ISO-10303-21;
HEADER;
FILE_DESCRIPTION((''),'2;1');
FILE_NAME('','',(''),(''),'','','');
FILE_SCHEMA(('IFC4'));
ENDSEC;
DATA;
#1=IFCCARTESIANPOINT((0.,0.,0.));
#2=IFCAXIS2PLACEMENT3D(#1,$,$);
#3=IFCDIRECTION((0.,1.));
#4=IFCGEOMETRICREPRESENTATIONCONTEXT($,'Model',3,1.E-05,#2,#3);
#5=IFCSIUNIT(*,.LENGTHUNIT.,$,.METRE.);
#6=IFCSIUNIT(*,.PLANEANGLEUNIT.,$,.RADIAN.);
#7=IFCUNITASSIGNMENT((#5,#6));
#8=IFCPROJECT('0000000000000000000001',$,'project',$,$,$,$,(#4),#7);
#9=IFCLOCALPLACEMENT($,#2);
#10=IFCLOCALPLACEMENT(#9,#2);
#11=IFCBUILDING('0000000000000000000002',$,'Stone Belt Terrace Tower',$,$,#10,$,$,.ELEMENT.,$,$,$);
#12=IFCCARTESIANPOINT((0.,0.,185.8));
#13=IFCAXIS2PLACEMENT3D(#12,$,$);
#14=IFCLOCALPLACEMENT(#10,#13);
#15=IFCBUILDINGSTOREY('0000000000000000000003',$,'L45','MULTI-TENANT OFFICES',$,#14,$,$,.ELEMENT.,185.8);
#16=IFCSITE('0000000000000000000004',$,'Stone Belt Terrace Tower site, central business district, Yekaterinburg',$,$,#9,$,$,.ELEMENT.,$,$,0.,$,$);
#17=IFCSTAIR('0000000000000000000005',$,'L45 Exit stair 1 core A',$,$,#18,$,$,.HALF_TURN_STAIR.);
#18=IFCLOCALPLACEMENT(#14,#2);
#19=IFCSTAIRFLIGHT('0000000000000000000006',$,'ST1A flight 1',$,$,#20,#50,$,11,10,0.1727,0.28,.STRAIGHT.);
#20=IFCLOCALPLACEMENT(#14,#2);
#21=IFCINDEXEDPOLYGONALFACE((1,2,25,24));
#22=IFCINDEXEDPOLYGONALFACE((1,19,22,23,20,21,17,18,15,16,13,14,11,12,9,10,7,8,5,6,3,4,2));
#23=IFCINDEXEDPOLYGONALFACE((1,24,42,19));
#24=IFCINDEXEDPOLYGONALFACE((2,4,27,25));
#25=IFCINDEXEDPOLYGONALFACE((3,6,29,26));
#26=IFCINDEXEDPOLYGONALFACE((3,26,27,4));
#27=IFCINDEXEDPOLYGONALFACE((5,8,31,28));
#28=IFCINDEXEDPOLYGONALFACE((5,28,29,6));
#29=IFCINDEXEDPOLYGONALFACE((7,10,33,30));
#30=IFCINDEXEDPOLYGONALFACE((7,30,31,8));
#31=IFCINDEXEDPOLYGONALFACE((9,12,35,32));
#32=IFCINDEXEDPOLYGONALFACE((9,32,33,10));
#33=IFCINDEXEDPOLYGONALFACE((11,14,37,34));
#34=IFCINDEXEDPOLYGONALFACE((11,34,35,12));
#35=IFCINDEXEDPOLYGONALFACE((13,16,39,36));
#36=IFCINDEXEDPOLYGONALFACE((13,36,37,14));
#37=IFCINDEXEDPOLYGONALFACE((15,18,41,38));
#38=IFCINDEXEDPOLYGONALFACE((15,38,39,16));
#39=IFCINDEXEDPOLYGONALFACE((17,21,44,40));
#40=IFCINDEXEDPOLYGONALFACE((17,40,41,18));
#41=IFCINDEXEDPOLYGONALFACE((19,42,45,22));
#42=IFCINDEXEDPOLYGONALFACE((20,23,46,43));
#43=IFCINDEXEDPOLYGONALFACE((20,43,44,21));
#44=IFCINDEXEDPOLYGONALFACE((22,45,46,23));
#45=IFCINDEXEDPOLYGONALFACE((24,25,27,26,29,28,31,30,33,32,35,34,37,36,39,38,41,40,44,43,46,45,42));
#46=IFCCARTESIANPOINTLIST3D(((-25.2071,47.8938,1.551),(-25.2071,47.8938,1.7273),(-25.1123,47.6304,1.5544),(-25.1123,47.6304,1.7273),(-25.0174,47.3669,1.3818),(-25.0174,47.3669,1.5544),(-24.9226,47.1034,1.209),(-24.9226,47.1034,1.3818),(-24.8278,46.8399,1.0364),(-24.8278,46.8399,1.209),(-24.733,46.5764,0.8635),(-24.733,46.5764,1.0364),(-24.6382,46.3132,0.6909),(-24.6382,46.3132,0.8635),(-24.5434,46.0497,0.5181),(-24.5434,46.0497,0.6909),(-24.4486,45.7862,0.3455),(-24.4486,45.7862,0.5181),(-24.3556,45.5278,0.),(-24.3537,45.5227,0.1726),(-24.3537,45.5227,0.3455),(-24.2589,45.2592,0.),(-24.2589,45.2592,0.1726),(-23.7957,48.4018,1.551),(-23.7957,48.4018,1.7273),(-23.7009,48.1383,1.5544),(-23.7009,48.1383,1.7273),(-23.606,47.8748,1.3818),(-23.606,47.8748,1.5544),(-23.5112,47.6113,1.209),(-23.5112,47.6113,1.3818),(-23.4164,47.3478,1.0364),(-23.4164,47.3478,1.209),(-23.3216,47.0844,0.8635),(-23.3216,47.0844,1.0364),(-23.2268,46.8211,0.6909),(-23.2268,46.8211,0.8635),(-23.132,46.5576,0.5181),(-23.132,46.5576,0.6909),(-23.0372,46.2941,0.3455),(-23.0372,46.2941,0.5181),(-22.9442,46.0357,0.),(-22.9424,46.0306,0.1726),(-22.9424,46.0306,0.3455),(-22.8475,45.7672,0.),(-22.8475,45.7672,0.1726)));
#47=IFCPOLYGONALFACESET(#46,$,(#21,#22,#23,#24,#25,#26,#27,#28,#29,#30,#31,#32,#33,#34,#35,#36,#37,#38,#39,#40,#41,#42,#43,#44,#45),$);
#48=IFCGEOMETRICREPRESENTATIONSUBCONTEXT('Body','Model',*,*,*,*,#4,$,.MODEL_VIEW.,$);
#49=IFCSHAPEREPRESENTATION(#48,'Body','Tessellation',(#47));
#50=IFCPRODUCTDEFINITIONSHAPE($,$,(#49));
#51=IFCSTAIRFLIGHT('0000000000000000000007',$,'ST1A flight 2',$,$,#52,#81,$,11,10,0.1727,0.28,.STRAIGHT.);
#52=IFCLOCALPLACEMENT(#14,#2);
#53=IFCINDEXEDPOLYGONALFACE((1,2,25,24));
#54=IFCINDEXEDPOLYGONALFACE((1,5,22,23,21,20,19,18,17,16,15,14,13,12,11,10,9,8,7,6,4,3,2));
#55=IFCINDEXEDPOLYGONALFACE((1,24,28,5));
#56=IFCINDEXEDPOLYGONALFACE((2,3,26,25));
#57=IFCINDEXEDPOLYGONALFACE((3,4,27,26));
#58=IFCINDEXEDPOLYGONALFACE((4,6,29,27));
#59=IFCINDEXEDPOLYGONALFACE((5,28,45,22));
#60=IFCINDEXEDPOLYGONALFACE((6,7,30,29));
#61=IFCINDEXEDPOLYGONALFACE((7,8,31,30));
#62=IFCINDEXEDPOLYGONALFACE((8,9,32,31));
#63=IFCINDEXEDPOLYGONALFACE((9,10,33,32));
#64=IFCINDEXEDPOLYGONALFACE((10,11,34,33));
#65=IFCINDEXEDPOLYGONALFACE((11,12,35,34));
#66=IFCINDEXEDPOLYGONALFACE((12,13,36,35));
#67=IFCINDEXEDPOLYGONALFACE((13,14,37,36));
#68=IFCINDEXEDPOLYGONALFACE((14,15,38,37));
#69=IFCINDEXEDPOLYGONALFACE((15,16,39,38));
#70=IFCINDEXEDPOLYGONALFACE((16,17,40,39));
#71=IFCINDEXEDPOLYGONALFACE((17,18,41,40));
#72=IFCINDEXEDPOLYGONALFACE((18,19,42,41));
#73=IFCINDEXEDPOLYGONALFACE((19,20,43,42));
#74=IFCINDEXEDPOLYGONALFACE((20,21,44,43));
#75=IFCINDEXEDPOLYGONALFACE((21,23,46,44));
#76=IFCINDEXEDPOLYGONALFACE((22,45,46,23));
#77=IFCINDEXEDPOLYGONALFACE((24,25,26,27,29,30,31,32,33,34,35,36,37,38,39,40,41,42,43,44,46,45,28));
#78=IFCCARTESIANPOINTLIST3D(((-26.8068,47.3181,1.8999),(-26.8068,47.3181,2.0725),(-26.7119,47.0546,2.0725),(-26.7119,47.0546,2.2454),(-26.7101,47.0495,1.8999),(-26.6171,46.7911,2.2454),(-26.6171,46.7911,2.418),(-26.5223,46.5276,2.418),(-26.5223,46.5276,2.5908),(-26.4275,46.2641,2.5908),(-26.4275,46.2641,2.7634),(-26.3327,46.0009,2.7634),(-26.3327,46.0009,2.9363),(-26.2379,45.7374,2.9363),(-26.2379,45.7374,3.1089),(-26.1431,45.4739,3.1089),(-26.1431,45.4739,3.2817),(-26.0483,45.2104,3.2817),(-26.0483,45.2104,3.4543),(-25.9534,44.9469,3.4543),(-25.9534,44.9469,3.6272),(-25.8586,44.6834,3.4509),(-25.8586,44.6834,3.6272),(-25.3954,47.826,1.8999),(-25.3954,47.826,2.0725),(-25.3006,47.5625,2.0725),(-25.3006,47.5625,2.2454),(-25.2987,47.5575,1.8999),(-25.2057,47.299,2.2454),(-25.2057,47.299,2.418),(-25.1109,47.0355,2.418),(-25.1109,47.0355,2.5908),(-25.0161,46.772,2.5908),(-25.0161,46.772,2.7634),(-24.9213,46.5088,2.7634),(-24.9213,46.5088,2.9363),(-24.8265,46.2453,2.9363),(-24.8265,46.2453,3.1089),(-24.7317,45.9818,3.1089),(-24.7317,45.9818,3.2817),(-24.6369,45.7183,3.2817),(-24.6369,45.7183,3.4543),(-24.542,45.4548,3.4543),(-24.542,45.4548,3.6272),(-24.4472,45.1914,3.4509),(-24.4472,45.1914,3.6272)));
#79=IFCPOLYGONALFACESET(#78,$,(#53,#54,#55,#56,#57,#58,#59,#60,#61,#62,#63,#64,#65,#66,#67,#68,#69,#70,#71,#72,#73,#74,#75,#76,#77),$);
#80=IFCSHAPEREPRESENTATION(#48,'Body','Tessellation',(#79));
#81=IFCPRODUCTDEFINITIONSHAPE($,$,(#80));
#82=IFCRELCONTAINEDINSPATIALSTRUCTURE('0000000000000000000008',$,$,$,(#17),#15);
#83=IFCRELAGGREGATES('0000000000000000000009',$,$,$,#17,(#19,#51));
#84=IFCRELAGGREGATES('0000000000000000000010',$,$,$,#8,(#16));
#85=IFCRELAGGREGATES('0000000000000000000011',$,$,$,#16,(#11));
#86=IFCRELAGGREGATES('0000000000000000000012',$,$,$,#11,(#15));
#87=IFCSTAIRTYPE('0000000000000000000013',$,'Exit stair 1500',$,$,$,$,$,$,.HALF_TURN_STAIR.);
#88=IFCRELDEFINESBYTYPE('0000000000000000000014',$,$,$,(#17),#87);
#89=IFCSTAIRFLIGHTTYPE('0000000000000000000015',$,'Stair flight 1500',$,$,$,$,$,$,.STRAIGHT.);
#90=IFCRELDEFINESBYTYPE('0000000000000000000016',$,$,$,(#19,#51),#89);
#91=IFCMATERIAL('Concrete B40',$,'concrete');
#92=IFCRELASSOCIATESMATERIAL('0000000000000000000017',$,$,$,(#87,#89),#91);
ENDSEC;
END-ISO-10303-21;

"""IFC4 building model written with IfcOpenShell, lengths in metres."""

from ifc_helpers import new_model, si_unit, direction, frame, origin, place, context, subcontext, project, spatial, polyline, outline, extrude, material, type_object, element, aggregate, save


model = new_model("IFC4")

# Units and contexts
model_context = context("Model", 3, precision=1e-05, world=origin(), true_north=direction((0.0, 1.0)))
body_context = subcontext(model_context, "Body", "Model", "MODEL_VIEW")
ifc_project = project(units=[si_unit("LENGTHUNIT", "METRE"), si_unit("PLANEANGLEUNIT", "RADIAN")], contexts=[model_context])

# Site, building, storey
site_placement = place(None, origin())
site = spatial("IfcSite", under=ifc_project, at=site_placement, Name="Stone Belt Terrace Tower site, central business district, Yekaterinburg", CompositionType="ELEMENT", RefElevation=0.0)
building_placement = place(site_placement, origin())
building = spatial("IfcBuilding", under=site, at=building_placement, Name="Stone Belt Terrace Tower", CompositionType="ELEMENT")
storey_placement = place(building_placement, frame((0.0, 0.0, 185.8)))
storey = spatial("IfcBuildingStorey", under=building, at=storey_placement, Name="L45", Description="MULTI-TENANT OFFICES", CompositionType="ELEMENT", Elevation=185.8)

# Stair, stair flights
ifc_material_1 = material(Name="Concrete B40", Category="concrete")
stair_type = type_object("IfcStairType", Name="Exit stair 1500", PredefinedType="HALF_TURN_STAIR", material=ifc_material_1)
stair_placement = place(storey_placement, origin())
stair = element("IfcStair", 1, at=stair_placement, inside=storey, type_object=stair_type, Name="L45 Exit stair 1 core A", PredefinedType="HALF_TURN_STAIR")
stair_flight_type = type_object("IfcStairFlightType", Name="Stair flight 1500", PredefinedType="STRAIGHT", material=ifc_material_1)
stair_flight_1_placement = place(storey_placement, frame((-23.5532, 45.5132, 0.0), z_axis=(0.0, 0.0, 1.0), x_axis=(-0.338624, 0.940922, 0.0)))
stair_flight_1 = element("IfcStairFlight", 2, at=stair_flight_1_placement, type_object=stair_flight_type, Name="ST1A flight 1", NumberOfRisers=11, NumberOfTreads=10, PredefinedType="STRAIGHT", RiserHeight=0.1727, TreadLength=0.28, context=body_context, shape_type="SweptSolid", body=[
    extrude(outline(polyline([(0.0, 0.0), (0.0, 0.1726), (0.28, 0.1726), (0.28, 0.3455), (0.5601, 0.3455), (0.5601, 0.5181), (0.8401, 0.5181), (0.8401, 0.6909), (1.1201, 0.6909), (1.1201, 0.8635), (1.3999, 0.8635), (1.3999, 1.0364), (1.6799, 1.0364), (1.6799, 1.209), (1.96, 1.209), (1.96, 1.3818), (2.24, 1.3818), (2.24, 1.5544), (2.52, 1.5544), (2.52, 1.7273), (2.8, 1.7273), (2.8, 1.8999), (2.8, 1.551), (0.2854, 0.0), (0.0, 0.0)])), frame((0.0, 0.75, 0.0), z_axis=(0.0, -1.0, 0.0), x_axis=(1.0, 0.0, 0.0)), (0.0, 0.0, 1.0), 1.5),
])
stair_flight_2_placement = place(storey_placement, frame((-26.1011, 47.572, 1.8999), z_axis=(0.0, 0.0, 1.0), x_axis=(0.338624, -0.940922, 0.0)))
stair_flight_2 = element("IfcStairFlight", 3, at=stair_flight_2_placement, type_object=stair_flight_type, Name="ST1A flight 2", NumberOfRisers=11, NumberOfTreads=10, PredefinedType="STRAIGHT", RiserHeight=0.1727, TreadLength=0.28, context=body_context, shape_type="SweptSolid", body=[
    extrude(outline(polyline([(0.0, 0.0), (0.0, 0.1726), (0.28, 0.1726), (0.28, 0.3455), (0.5601, 0.3455), (0.5601, 0.5181), (0.8401, 0.5181), (0.8401, 0.6909), (1.1201, 0.6909), (1.1201, 0.8635), (1.3999, 0.8635), (1.3999, 1.0364), (1.6799, 1.0364), (1.6799, 1.209), (1.96, 1.209), (1.96, 1.3818), (2.24, 1.3818), (2.24, 1.5544), (2.52, 1.5544), (2.52, 1.7273), (2.8, 1.7273), (2.8, 1.8999), (2.8, 1.551), (0.2854, 0.0), (0.0, 0.0)])), frame((0.0, 0.75, 0.0), z_axis=(0.0, -1.0, 0.0), x_axis=(1.0, 0.0, 0.0)), (0.0, 0.0, 1.0), 1.5),
])
aggregate(stair, [stair_flight_1, stair_flight_2])

save(model, "model.ifc")
